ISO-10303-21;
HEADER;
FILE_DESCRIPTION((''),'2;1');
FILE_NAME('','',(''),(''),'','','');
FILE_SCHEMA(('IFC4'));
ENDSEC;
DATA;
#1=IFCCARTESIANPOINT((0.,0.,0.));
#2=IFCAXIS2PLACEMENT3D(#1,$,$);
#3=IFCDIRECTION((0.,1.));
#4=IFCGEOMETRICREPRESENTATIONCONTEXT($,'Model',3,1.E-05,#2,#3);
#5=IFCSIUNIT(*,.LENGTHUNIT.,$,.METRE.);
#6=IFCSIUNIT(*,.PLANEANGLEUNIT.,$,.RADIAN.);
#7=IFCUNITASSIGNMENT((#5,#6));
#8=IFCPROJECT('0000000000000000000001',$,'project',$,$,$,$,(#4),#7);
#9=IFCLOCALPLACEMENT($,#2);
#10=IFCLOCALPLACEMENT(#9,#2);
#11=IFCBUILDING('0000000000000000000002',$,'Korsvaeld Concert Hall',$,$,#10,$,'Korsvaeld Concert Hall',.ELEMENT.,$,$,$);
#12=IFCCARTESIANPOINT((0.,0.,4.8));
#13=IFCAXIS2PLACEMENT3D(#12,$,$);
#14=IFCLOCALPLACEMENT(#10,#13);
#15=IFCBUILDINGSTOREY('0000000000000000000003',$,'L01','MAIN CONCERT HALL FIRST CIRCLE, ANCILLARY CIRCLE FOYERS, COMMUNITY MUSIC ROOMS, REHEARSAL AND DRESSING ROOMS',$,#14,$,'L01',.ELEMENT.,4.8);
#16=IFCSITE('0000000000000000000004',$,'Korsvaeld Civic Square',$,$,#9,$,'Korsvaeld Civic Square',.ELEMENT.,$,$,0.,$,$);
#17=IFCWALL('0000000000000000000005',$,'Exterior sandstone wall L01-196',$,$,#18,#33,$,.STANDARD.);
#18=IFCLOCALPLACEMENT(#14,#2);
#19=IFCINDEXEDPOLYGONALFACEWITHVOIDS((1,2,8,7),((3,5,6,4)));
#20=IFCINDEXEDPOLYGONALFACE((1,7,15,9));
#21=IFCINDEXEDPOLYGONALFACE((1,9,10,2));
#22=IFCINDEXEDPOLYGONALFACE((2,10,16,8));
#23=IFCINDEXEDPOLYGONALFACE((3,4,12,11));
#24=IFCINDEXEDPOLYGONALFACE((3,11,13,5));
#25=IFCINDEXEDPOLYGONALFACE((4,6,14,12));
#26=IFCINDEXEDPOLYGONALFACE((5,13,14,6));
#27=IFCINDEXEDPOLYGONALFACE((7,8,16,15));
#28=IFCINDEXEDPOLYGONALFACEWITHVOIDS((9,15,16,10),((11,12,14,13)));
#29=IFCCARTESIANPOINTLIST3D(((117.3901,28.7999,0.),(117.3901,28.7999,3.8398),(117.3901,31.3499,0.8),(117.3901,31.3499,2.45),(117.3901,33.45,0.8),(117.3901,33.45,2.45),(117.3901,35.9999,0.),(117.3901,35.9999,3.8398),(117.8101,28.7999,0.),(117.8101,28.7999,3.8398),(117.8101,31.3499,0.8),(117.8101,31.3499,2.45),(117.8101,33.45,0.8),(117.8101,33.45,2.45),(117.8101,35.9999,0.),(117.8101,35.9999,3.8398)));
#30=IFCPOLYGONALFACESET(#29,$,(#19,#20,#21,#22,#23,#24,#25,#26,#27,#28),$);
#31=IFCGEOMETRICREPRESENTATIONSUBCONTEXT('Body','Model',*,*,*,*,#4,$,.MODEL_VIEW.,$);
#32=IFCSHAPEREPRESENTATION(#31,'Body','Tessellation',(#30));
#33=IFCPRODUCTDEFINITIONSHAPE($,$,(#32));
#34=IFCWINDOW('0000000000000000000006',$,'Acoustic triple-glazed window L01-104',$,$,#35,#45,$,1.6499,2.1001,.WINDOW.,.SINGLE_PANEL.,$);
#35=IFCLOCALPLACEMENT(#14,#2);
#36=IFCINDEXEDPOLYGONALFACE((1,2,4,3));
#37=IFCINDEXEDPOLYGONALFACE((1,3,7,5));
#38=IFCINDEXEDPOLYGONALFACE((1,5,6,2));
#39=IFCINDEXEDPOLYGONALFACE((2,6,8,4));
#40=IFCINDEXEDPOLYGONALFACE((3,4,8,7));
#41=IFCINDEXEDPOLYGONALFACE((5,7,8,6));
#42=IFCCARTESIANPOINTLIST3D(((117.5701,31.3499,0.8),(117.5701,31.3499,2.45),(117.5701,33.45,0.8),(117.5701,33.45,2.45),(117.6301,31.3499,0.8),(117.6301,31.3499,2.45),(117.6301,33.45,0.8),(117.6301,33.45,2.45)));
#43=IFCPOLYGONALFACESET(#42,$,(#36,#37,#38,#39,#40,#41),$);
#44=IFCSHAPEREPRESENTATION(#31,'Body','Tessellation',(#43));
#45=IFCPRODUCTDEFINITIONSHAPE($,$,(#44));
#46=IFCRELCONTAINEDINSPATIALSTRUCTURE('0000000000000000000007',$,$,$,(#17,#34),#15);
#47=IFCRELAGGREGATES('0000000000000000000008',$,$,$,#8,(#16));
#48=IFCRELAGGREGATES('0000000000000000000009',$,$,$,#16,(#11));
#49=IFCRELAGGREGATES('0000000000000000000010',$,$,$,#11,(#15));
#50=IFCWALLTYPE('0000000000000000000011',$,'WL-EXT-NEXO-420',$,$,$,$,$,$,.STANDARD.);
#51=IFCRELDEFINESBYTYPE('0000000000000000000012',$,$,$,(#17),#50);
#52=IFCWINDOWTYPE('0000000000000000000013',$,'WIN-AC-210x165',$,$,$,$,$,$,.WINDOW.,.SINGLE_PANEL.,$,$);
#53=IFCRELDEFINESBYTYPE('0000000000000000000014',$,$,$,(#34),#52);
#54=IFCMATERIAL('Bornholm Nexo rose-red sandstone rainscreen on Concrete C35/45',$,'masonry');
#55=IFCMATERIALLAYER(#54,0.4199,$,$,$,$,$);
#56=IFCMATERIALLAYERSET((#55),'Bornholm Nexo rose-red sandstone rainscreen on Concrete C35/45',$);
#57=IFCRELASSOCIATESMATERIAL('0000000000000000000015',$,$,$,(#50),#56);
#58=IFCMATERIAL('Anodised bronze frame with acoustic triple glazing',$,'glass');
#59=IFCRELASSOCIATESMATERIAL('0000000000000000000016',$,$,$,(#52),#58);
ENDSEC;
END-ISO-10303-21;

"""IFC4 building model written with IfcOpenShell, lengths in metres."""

from ifc_helpers import new_model, si_unit, direction, frame, frame_2d, origin, place, context, subcontext, project, spatial, rectangle, extrude, material, layer, layer_set, type_object, element, fill, save


model = new_model("IFC4")

# Units and contexts
model_context = context("Model", 3, precision=1e-05, world=origin(), true_north=direction((0.0, 1.0)))
body_context = subcontext(model_context, "Body", "Model", "MODEL_VIEW")
ifc_project = project(units=[si_unit("LENGTHUNIT", "METRE"), si_unit("PLANEANGLEUNIT", "RADIAN")], contexts=[model_context])

# Site, building, storey
site_placement = place(None, origin())
site = spatial("IfcSite", under=ifc_project, at=site_placement, Name="Korsvaeld Civic Square", LongName="Korsvaeld Civic Square", CompositionType="ELEMENT", RefElevation=0.0)
building_placement = place(site_placement, origin())
building = spatial("IfcBuilding", under=site, at=building_placement, Name="Korsvaeld Concert Hall", LongName="Korsvaeld Concert Hall", CompositionType="ELEMENT")
storey_placement = place(building_placement, frame((0.0, 0.0, 4.8)))
storey = spatial("IfcBuildingStorey", under=building, at=storey_placement, Name="L01", Description="MAIN CONCERT HALL FIRST CIRCLE, ANCILLARY CIRCLE FOYERS, COMMUNITY MUSIC ROOMS, REHEARSAL AND DRESSING ROOMS", LongName="L01", CompositionType="ELEMENT", Elevation=4.8)

# Wall, opening, window
ifc_material_1 = material(Name="Anodised bronze frame with acoustic triple glazing", Category="glass")
ifc_material_2 = material(Name="Bornholm Nexo rose-red sandstone rainscreen on Concrete C35/45", Category="masonry")
ifc_layer_1 = layer(ifc_material_2, 0.4199)
ifc_layer_set_1 = layer_set([ifc_layer_1], Name="Bornholm Nexo rose-red sandstone rainscreen on Concrete C35/45")
wall_type_1 = type_object("IfcWallType", Name="WL-EXT-NEXO-420", PredefinedType="STANDARD", material=ifc_layer_set_1)
wall_1_placement = place(storey_placement, frame((117.6001, 36.0, 0.0), z_axis=(0.0, 0.0, 1.0), x_axis=(0.0, -1.0, 0.0)))
wall_1 = element("IfcWall", 1, at=wall_1_placement, inside=storey, type_object=wall_type_1, Name="Exterior sandstone wall L01-196", PredefinedType="STANDARD", context=body_context, shape_type="SweptSolid", body=[
    extrude(rectangle(XDim=7.2, YDim=0.4199, at=frame_2d((3.6001, 0.0))), origin(), (0.0, 0.0, 1.0), 3.8398),
])
opening_1_placement = place(wall_1_placement, frame((2.55, 0.0, 0.8)))
opening_1 = element("IfcOpeningElement", 2, at=opening_1_placement, cuts=wall_1, PredefinedType="OPENING", context=body_context, shape_type="SweptSolid", body=[
    extrude(rectangle(XDim=2.1001, YDim=1.6499, at=frame_2d((1.05, 0.825))), frame((0.0, 0.22, 0.0), z_axis=(0.0, -1.0, 0.0), x_axis=(1.0, 0.0, 0.0)), (0.0, 0.0, 1.0), 0.4399),
])
window_type_1 = type_object("IfcWindowType", Name="WIN-AC-210x165", PartitioningType="SINGLE_PANEL", PredefinedType="WINDOW", material=ifc_material_1)
window_1_placement = place(opening_1_placement, origin())
window_1 = element("IfcWindow", 3, at=window_1_placement, inside=storey, type_object=window_type_1, Name="Acoustic triple-glazed window L01-104", OverallHeight=1.6499, OverallWidth=2.1001, PartitioningType="SINGLE_PANEL", PredefinedType="WINDOW", context=body_context, shape_type="SweptSolid", body=[
    extrude(rectangle(XDim=2.1001, YDim=1.6499, at=frame_2d((1.05, 0.825))), frame((0.0, 0.03, 0.0), z_axis=(0.0, -1.0, 0.0), x_axis=(1.0, 0.0, 0.0)), (0.0, 0.0, 1.0), 0.0601),
])
fill(opening_1, window_1)

save(model, "model.ifc")
